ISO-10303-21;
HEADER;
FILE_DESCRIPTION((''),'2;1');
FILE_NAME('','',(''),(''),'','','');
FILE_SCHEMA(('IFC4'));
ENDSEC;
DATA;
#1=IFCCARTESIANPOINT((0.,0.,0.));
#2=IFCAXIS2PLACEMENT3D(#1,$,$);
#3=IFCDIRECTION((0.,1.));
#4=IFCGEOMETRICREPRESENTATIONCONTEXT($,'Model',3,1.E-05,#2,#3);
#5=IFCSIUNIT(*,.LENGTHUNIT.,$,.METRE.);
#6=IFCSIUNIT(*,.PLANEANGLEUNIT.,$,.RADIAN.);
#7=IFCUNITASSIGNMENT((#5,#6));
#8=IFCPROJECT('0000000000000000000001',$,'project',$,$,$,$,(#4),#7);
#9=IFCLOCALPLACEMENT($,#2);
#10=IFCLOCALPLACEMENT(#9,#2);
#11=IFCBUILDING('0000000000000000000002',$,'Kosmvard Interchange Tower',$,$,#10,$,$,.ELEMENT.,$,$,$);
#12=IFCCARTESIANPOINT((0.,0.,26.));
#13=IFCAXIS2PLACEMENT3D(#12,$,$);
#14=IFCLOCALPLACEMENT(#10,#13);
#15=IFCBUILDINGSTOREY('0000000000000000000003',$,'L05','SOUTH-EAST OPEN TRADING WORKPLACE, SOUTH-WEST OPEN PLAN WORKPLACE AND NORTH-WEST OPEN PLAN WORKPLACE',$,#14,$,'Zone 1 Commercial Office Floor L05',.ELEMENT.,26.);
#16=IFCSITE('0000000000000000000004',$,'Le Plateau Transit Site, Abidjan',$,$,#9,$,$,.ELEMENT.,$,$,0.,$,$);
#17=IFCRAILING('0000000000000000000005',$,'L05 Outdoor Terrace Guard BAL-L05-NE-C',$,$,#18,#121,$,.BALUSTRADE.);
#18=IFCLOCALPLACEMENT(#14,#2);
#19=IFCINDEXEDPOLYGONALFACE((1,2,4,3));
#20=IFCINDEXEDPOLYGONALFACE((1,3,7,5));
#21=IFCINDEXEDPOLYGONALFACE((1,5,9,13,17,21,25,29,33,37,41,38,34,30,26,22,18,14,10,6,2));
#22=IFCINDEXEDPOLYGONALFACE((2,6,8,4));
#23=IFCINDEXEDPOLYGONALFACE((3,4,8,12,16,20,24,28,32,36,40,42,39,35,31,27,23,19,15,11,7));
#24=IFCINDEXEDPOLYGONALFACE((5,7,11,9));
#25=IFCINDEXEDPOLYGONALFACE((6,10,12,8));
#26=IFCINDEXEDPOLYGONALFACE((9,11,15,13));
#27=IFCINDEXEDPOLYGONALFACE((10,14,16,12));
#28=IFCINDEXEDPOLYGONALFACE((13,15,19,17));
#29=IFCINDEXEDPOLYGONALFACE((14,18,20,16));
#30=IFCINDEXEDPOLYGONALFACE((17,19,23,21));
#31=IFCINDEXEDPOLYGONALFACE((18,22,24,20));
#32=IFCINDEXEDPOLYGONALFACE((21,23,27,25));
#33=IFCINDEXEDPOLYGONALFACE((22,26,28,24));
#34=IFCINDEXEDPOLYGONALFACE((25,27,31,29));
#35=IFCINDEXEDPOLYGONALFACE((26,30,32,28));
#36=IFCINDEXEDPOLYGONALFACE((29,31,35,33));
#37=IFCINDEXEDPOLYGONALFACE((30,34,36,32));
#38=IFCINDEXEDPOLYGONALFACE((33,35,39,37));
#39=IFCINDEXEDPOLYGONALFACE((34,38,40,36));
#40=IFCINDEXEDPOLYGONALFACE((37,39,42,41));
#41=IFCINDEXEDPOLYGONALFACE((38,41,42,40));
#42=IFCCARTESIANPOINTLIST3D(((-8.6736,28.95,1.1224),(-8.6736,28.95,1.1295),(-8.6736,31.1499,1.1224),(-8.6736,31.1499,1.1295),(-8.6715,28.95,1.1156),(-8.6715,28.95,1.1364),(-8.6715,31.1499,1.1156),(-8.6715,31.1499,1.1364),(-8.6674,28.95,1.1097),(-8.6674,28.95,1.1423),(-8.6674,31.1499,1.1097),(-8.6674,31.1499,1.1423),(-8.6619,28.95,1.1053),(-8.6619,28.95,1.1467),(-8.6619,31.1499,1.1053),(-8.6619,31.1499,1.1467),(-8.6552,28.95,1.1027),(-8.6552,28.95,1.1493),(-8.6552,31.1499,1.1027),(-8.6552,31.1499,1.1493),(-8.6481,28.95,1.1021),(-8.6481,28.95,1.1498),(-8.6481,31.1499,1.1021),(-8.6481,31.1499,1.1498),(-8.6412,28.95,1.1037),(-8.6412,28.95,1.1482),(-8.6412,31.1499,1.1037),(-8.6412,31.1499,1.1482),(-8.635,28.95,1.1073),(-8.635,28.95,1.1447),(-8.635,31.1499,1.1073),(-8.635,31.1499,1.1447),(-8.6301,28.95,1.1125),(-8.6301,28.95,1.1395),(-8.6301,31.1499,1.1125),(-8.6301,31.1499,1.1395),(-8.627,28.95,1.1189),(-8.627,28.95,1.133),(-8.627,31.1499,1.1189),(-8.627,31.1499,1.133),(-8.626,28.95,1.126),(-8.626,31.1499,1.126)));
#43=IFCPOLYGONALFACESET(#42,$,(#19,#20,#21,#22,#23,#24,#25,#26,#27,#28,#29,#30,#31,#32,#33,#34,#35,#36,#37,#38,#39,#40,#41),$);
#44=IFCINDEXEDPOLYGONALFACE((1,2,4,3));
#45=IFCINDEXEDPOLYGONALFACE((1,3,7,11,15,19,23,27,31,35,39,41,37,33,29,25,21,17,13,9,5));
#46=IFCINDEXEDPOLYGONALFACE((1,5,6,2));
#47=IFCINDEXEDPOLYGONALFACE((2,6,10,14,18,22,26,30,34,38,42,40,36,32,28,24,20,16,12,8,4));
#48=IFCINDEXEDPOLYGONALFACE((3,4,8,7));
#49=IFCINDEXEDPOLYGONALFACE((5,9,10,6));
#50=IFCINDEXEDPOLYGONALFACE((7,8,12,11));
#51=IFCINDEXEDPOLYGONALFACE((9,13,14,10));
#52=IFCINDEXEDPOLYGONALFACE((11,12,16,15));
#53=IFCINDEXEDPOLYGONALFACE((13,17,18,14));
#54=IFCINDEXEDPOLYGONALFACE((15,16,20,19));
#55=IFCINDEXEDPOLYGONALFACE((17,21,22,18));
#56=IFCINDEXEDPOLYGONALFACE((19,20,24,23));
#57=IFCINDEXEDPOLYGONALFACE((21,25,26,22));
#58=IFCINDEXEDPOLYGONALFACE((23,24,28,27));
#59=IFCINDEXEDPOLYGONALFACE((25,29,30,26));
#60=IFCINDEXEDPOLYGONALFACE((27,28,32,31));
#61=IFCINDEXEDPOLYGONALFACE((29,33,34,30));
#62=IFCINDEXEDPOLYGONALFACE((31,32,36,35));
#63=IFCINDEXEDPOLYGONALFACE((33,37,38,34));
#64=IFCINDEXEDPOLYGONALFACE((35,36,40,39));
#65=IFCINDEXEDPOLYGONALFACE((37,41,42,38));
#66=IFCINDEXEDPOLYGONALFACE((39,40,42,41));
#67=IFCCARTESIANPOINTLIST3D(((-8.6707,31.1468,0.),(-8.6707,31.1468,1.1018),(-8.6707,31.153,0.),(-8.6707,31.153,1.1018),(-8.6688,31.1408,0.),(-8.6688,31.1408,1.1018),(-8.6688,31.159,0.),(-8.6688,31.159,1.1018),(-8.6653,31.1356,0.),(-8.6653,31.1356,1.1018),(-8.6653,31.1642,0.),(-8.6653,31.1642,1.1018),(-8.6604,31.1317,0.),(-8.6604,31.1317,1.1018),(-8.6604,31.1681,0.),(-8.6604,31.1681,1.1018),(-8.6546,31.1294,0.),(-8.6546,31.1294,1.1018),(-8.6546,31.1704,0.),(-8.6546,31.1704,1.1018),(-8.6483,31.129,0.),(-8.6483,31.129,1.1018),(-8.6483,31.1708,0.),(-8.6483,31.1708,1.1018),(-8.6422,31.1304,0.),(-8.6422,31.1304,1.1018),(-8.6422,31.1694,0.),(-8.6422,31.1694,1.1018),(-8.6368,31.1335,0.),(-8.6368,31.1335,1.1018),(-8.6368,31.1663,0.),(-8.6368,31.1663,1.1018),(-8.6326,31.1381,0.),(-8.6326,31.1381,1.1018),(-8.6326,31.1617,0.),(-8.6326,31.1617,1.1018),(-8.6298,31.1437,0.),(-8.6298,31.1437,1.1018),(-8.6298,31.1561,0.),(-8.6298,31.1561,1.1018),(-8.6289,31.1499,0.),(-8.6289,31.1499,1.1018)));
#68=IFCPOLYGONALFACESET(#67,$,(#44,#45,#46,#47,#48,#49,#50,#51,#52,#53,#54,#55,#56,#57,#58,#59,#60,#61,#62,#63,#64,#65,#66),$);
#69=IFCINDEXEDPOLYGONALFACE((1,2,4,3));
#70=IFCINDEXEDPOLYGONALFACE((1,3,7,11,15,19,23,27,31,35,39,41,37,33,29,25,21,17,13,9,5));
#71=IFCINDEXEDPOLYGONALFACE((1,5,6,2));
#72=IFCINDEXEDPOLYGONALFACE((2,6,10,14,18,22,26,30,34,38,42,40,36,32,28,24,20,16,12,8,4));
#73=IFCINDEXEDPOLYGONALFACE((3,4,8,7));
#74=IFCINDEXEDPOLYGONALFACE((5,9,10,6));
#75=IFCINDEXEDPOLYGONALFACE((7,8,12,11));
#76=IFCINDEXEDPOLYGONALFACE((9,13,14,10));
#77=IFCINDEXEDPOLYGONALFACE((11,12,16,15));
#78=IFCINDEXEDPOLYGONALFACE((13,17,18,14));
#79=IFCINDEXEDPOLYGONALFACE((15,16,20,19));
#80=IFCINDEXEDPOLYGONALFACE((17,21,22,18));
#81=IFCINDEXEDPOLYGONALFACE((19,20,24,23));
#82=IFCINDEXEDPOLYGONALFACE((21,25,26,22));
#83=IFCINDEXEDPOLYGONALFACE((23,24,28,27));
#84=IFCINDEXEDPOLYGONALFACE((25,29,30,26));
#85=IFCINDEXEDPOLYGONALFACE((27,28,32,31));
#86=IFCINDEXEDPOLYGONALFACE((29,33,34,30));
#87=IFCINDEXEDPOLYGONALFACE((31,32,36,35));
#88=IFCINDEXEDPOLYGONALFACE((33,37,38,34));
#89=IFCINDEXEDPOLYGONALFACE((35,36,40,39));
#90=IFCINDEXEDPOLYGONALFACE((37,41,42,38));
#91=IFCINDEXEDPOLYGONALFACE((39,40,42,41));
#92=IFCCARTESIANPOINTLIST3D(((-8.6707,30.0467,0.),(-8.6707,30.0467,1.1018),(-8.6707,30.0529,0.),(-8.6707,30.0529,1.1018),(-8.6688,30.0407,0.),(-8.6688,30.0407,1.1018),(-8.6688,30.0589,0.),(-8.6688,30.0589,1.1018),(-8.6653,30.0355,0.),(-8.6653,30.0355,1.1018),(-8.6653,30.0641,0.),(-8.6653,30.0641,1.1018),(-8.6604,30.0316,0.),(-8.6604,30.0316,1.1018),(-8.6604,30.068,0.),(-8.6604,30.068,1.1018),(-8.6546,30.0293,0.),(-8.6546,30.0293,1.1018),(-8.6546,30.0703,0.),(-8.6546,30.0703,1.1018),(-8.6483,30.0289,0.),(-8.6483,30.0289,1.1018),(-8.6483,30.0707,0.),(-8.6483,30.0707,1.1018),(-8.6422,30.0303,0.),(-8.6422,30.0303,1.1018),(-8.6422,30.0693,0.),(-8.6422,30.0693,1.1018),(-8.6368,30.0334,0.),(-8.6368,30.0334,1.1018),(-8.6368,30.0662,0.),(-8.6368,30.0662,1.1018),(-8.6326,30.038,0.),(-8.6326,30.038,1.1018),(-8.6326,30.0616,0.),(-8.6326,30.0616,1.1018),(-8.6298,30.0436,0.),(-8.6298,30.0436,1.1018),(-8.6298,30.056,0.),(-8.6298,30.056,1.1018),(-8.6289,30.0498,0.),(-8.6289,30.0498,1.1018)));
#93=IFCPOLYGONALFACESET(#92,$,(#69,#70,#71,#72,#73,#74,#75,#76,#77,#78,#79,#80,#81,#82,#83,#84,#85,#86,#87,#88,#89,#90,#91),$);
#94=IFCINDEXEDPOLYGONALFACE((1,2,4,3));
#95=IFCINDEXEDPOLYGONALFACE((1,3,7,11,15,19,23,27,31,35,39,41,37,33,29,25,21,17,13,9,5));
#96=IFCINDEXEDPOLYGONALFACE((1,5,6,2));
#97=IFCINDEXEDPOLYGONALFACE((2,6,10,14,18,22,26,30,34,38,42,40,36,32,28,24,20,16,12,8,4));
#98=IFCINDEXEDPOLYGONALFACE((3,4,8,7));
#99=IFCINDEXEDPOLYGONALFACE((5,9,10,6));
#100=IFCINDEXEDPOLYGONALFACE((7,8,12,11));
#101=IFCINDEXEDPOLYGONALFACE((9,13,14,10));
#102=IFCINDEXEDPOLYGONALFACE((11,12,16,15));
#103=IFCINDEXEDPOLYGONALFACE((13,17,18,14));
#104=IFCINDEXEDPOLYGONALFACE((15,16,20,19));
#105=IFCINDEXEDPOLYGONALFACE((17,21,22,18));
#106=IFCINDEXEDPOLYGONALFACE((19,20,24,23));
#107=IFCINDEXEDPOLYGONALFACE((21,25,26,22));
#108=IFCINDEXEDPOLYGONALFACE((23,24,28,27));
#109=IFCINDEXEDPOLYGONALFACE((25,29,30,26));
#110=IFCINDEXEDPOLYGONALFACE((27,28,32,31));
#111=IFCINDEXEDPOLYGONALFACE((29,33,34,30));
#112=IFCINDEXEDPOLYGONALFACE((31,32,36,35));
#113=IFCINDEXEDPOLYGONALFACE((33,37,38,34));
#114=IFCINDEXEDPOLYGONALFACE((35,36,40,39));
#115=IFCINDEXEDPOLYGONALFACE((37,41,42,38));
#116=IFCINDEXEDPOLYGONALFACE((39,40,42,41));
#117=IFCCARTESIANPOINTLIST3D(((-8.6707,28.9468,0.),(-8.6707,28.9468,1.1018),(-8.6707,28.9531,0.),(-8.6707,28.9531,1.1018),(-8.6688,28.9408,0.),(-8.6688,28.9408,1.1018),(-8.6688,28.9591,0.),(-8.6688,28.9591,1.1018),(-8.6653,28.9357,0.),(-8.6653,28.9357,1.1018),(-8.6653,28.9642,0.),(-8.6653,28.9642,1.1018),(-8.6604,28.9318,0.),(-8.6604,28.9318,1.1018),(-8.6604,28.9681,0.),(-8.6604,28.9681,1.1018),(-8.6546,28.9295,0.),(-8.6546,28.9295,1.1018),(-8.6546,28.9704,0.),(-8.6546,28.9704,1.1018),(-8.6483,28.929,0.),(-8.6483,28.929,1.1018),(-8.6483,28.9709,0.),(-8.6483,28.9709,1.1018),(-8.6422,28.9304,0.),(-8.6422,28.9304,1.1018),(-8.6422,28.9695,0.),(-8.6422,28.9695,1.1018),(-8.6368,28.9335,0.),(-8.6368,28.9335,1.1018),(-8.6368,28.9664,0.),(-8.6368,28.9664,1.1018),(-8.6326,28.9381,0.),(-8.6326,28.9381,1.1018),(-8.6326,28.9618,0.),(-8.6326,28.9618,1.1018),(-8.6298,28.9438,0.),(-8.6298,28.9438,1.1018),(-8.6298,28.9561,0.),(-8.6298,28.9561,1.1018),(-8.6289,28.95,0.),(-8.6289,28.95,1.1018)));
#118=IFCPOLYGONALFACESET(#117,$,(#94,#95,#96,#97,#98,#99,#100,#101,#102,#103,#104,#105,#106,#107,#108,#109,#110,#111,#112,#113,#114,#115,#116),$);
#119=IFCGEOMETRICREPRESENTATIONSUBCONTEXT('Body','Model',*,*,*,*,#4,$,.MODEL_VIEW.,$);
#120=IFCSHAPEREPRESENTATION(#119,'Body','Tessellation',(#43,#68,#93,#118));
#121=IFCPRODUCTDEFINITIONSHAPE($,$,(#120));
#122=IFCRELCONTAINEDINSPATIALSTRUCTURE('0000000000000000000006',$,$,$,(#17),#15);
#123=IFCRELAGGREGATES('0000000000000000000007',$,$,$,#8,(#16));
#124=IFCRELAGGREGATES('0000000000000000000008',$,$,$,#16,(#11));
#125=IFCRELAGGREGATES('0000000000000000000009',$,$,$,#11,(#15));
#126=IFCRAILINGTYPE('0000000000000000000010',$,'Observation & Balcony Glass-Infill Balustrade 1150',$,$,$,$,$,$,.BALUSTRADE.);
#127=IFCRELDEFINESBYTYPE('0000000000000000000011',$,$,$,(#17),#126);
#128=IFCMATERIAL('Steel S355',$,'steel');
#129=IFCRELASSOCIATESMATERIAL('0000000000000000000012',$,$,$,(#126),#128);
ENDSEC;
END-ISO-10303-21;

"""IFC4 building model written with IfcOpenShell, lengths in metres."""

from ifc_helpers import new_model, si_unit, direction, frame, origin, origin_2d, place, context, subcontext, project, spatial, circle, extrude, source, transform, mapped, material, type_object, element, save


model = new_model("IFC4")

# Units and contexts
model_context = context("Model", 3, precision=1e-05, world=origin(), true_north=direction((0.0, 1.0)))
body_context = subcontext(model_context, "Body", "Model", "MODEL_VIEW")
ifc_project = project(units=[si_unit("LENGTHUNIT", "METRE"), si_unit("PLANEANGLEUNIT", "RADIAN")], contexts=[model_context])

# Site, building, storey
site_placement = place(None, origin())
site = spatial("IfcSite", under=ifc_project, at=site_placement, Name="Le Plateau Transit Site, Abidjan", CompositionType="ELEMENT", RefElevation=0.0)
building_placement = place(site_placement, origin())
building = spatial("IfcBuilding", under=site, at=building_placement, Name="Kosmvard Interchange Tower", CompositionType="ELEMENT")
storey_placement = place(building_placement, frame((0.0, 0.0, 26.0)))
storey = spatial("IfcBuildingStorey", under=building, at=storey_placement, Name="L05", Description="SOUTH-EAST OPEN TRADING WORKPLACE, SOUTH-WEST OPEN PLAN WORKPLACE AND NORTH-WEST OPEN PLAN WORKPLACE", LongName="Zone 1 Commercial Office Floor L05", CompositionType="ELEMENT", Elevation=26.0)

# Shared definitions
ifc_material_1 = material(Name="Steel S355", Category="steel")

# Railing
railing_type = type_object("IfcRailingType", Name="Observation & Balcony Glass-Infill Balustrade 1150", PredefinedType="BALUSTRADE", material=ifc_material_1)
shared_shape_1 = source(origin(), body_context, "Body", "SweptSolid", [
    extrude(circle(Radius=0.0239, at=origin_2d()), frame((0.0, 0.0, 1.126), z_axis=(0.0, -1.0, 0.0), x_axis=(1.0, 0.0, 0.0)), (0.0, 0.0, 1.0), 2.2),
    extrude(circle(Radius=0.021, at=origin_2d()), origin(), (0.0, 0.0, 1.0), 1.1018),
    extrude(circle(Radius=0.021, at=origin_2d()), frame((0.0, -1.1001, 0.0)), (0.0, 0.0, 1.0), 1.1018),
    extrude(circle(Radius=0.021, at=origin_2d()), frame((0.0, -2.2, 0.0)), (0.0, 0.0, 1.0), 1.1018),
])
railing_1_placement = place(storey_placement, frame((-8.6499, 31.1499, 0.0)))
element("IfcRailing", 1, at=railing_1_placement, inside=storey, type_object=railing_type, Name="L05 Outdoor Terrace Guard BAL-L05-NE-C", PredefinedType="BALUSTRADE", context=body_context, shape_type="MappedRepresentation", body=[
    mapped(shared_shape_1, transform((0.0, 0.0, 0.0), scale=1.0)),
])

save(model, "model.ifc")
